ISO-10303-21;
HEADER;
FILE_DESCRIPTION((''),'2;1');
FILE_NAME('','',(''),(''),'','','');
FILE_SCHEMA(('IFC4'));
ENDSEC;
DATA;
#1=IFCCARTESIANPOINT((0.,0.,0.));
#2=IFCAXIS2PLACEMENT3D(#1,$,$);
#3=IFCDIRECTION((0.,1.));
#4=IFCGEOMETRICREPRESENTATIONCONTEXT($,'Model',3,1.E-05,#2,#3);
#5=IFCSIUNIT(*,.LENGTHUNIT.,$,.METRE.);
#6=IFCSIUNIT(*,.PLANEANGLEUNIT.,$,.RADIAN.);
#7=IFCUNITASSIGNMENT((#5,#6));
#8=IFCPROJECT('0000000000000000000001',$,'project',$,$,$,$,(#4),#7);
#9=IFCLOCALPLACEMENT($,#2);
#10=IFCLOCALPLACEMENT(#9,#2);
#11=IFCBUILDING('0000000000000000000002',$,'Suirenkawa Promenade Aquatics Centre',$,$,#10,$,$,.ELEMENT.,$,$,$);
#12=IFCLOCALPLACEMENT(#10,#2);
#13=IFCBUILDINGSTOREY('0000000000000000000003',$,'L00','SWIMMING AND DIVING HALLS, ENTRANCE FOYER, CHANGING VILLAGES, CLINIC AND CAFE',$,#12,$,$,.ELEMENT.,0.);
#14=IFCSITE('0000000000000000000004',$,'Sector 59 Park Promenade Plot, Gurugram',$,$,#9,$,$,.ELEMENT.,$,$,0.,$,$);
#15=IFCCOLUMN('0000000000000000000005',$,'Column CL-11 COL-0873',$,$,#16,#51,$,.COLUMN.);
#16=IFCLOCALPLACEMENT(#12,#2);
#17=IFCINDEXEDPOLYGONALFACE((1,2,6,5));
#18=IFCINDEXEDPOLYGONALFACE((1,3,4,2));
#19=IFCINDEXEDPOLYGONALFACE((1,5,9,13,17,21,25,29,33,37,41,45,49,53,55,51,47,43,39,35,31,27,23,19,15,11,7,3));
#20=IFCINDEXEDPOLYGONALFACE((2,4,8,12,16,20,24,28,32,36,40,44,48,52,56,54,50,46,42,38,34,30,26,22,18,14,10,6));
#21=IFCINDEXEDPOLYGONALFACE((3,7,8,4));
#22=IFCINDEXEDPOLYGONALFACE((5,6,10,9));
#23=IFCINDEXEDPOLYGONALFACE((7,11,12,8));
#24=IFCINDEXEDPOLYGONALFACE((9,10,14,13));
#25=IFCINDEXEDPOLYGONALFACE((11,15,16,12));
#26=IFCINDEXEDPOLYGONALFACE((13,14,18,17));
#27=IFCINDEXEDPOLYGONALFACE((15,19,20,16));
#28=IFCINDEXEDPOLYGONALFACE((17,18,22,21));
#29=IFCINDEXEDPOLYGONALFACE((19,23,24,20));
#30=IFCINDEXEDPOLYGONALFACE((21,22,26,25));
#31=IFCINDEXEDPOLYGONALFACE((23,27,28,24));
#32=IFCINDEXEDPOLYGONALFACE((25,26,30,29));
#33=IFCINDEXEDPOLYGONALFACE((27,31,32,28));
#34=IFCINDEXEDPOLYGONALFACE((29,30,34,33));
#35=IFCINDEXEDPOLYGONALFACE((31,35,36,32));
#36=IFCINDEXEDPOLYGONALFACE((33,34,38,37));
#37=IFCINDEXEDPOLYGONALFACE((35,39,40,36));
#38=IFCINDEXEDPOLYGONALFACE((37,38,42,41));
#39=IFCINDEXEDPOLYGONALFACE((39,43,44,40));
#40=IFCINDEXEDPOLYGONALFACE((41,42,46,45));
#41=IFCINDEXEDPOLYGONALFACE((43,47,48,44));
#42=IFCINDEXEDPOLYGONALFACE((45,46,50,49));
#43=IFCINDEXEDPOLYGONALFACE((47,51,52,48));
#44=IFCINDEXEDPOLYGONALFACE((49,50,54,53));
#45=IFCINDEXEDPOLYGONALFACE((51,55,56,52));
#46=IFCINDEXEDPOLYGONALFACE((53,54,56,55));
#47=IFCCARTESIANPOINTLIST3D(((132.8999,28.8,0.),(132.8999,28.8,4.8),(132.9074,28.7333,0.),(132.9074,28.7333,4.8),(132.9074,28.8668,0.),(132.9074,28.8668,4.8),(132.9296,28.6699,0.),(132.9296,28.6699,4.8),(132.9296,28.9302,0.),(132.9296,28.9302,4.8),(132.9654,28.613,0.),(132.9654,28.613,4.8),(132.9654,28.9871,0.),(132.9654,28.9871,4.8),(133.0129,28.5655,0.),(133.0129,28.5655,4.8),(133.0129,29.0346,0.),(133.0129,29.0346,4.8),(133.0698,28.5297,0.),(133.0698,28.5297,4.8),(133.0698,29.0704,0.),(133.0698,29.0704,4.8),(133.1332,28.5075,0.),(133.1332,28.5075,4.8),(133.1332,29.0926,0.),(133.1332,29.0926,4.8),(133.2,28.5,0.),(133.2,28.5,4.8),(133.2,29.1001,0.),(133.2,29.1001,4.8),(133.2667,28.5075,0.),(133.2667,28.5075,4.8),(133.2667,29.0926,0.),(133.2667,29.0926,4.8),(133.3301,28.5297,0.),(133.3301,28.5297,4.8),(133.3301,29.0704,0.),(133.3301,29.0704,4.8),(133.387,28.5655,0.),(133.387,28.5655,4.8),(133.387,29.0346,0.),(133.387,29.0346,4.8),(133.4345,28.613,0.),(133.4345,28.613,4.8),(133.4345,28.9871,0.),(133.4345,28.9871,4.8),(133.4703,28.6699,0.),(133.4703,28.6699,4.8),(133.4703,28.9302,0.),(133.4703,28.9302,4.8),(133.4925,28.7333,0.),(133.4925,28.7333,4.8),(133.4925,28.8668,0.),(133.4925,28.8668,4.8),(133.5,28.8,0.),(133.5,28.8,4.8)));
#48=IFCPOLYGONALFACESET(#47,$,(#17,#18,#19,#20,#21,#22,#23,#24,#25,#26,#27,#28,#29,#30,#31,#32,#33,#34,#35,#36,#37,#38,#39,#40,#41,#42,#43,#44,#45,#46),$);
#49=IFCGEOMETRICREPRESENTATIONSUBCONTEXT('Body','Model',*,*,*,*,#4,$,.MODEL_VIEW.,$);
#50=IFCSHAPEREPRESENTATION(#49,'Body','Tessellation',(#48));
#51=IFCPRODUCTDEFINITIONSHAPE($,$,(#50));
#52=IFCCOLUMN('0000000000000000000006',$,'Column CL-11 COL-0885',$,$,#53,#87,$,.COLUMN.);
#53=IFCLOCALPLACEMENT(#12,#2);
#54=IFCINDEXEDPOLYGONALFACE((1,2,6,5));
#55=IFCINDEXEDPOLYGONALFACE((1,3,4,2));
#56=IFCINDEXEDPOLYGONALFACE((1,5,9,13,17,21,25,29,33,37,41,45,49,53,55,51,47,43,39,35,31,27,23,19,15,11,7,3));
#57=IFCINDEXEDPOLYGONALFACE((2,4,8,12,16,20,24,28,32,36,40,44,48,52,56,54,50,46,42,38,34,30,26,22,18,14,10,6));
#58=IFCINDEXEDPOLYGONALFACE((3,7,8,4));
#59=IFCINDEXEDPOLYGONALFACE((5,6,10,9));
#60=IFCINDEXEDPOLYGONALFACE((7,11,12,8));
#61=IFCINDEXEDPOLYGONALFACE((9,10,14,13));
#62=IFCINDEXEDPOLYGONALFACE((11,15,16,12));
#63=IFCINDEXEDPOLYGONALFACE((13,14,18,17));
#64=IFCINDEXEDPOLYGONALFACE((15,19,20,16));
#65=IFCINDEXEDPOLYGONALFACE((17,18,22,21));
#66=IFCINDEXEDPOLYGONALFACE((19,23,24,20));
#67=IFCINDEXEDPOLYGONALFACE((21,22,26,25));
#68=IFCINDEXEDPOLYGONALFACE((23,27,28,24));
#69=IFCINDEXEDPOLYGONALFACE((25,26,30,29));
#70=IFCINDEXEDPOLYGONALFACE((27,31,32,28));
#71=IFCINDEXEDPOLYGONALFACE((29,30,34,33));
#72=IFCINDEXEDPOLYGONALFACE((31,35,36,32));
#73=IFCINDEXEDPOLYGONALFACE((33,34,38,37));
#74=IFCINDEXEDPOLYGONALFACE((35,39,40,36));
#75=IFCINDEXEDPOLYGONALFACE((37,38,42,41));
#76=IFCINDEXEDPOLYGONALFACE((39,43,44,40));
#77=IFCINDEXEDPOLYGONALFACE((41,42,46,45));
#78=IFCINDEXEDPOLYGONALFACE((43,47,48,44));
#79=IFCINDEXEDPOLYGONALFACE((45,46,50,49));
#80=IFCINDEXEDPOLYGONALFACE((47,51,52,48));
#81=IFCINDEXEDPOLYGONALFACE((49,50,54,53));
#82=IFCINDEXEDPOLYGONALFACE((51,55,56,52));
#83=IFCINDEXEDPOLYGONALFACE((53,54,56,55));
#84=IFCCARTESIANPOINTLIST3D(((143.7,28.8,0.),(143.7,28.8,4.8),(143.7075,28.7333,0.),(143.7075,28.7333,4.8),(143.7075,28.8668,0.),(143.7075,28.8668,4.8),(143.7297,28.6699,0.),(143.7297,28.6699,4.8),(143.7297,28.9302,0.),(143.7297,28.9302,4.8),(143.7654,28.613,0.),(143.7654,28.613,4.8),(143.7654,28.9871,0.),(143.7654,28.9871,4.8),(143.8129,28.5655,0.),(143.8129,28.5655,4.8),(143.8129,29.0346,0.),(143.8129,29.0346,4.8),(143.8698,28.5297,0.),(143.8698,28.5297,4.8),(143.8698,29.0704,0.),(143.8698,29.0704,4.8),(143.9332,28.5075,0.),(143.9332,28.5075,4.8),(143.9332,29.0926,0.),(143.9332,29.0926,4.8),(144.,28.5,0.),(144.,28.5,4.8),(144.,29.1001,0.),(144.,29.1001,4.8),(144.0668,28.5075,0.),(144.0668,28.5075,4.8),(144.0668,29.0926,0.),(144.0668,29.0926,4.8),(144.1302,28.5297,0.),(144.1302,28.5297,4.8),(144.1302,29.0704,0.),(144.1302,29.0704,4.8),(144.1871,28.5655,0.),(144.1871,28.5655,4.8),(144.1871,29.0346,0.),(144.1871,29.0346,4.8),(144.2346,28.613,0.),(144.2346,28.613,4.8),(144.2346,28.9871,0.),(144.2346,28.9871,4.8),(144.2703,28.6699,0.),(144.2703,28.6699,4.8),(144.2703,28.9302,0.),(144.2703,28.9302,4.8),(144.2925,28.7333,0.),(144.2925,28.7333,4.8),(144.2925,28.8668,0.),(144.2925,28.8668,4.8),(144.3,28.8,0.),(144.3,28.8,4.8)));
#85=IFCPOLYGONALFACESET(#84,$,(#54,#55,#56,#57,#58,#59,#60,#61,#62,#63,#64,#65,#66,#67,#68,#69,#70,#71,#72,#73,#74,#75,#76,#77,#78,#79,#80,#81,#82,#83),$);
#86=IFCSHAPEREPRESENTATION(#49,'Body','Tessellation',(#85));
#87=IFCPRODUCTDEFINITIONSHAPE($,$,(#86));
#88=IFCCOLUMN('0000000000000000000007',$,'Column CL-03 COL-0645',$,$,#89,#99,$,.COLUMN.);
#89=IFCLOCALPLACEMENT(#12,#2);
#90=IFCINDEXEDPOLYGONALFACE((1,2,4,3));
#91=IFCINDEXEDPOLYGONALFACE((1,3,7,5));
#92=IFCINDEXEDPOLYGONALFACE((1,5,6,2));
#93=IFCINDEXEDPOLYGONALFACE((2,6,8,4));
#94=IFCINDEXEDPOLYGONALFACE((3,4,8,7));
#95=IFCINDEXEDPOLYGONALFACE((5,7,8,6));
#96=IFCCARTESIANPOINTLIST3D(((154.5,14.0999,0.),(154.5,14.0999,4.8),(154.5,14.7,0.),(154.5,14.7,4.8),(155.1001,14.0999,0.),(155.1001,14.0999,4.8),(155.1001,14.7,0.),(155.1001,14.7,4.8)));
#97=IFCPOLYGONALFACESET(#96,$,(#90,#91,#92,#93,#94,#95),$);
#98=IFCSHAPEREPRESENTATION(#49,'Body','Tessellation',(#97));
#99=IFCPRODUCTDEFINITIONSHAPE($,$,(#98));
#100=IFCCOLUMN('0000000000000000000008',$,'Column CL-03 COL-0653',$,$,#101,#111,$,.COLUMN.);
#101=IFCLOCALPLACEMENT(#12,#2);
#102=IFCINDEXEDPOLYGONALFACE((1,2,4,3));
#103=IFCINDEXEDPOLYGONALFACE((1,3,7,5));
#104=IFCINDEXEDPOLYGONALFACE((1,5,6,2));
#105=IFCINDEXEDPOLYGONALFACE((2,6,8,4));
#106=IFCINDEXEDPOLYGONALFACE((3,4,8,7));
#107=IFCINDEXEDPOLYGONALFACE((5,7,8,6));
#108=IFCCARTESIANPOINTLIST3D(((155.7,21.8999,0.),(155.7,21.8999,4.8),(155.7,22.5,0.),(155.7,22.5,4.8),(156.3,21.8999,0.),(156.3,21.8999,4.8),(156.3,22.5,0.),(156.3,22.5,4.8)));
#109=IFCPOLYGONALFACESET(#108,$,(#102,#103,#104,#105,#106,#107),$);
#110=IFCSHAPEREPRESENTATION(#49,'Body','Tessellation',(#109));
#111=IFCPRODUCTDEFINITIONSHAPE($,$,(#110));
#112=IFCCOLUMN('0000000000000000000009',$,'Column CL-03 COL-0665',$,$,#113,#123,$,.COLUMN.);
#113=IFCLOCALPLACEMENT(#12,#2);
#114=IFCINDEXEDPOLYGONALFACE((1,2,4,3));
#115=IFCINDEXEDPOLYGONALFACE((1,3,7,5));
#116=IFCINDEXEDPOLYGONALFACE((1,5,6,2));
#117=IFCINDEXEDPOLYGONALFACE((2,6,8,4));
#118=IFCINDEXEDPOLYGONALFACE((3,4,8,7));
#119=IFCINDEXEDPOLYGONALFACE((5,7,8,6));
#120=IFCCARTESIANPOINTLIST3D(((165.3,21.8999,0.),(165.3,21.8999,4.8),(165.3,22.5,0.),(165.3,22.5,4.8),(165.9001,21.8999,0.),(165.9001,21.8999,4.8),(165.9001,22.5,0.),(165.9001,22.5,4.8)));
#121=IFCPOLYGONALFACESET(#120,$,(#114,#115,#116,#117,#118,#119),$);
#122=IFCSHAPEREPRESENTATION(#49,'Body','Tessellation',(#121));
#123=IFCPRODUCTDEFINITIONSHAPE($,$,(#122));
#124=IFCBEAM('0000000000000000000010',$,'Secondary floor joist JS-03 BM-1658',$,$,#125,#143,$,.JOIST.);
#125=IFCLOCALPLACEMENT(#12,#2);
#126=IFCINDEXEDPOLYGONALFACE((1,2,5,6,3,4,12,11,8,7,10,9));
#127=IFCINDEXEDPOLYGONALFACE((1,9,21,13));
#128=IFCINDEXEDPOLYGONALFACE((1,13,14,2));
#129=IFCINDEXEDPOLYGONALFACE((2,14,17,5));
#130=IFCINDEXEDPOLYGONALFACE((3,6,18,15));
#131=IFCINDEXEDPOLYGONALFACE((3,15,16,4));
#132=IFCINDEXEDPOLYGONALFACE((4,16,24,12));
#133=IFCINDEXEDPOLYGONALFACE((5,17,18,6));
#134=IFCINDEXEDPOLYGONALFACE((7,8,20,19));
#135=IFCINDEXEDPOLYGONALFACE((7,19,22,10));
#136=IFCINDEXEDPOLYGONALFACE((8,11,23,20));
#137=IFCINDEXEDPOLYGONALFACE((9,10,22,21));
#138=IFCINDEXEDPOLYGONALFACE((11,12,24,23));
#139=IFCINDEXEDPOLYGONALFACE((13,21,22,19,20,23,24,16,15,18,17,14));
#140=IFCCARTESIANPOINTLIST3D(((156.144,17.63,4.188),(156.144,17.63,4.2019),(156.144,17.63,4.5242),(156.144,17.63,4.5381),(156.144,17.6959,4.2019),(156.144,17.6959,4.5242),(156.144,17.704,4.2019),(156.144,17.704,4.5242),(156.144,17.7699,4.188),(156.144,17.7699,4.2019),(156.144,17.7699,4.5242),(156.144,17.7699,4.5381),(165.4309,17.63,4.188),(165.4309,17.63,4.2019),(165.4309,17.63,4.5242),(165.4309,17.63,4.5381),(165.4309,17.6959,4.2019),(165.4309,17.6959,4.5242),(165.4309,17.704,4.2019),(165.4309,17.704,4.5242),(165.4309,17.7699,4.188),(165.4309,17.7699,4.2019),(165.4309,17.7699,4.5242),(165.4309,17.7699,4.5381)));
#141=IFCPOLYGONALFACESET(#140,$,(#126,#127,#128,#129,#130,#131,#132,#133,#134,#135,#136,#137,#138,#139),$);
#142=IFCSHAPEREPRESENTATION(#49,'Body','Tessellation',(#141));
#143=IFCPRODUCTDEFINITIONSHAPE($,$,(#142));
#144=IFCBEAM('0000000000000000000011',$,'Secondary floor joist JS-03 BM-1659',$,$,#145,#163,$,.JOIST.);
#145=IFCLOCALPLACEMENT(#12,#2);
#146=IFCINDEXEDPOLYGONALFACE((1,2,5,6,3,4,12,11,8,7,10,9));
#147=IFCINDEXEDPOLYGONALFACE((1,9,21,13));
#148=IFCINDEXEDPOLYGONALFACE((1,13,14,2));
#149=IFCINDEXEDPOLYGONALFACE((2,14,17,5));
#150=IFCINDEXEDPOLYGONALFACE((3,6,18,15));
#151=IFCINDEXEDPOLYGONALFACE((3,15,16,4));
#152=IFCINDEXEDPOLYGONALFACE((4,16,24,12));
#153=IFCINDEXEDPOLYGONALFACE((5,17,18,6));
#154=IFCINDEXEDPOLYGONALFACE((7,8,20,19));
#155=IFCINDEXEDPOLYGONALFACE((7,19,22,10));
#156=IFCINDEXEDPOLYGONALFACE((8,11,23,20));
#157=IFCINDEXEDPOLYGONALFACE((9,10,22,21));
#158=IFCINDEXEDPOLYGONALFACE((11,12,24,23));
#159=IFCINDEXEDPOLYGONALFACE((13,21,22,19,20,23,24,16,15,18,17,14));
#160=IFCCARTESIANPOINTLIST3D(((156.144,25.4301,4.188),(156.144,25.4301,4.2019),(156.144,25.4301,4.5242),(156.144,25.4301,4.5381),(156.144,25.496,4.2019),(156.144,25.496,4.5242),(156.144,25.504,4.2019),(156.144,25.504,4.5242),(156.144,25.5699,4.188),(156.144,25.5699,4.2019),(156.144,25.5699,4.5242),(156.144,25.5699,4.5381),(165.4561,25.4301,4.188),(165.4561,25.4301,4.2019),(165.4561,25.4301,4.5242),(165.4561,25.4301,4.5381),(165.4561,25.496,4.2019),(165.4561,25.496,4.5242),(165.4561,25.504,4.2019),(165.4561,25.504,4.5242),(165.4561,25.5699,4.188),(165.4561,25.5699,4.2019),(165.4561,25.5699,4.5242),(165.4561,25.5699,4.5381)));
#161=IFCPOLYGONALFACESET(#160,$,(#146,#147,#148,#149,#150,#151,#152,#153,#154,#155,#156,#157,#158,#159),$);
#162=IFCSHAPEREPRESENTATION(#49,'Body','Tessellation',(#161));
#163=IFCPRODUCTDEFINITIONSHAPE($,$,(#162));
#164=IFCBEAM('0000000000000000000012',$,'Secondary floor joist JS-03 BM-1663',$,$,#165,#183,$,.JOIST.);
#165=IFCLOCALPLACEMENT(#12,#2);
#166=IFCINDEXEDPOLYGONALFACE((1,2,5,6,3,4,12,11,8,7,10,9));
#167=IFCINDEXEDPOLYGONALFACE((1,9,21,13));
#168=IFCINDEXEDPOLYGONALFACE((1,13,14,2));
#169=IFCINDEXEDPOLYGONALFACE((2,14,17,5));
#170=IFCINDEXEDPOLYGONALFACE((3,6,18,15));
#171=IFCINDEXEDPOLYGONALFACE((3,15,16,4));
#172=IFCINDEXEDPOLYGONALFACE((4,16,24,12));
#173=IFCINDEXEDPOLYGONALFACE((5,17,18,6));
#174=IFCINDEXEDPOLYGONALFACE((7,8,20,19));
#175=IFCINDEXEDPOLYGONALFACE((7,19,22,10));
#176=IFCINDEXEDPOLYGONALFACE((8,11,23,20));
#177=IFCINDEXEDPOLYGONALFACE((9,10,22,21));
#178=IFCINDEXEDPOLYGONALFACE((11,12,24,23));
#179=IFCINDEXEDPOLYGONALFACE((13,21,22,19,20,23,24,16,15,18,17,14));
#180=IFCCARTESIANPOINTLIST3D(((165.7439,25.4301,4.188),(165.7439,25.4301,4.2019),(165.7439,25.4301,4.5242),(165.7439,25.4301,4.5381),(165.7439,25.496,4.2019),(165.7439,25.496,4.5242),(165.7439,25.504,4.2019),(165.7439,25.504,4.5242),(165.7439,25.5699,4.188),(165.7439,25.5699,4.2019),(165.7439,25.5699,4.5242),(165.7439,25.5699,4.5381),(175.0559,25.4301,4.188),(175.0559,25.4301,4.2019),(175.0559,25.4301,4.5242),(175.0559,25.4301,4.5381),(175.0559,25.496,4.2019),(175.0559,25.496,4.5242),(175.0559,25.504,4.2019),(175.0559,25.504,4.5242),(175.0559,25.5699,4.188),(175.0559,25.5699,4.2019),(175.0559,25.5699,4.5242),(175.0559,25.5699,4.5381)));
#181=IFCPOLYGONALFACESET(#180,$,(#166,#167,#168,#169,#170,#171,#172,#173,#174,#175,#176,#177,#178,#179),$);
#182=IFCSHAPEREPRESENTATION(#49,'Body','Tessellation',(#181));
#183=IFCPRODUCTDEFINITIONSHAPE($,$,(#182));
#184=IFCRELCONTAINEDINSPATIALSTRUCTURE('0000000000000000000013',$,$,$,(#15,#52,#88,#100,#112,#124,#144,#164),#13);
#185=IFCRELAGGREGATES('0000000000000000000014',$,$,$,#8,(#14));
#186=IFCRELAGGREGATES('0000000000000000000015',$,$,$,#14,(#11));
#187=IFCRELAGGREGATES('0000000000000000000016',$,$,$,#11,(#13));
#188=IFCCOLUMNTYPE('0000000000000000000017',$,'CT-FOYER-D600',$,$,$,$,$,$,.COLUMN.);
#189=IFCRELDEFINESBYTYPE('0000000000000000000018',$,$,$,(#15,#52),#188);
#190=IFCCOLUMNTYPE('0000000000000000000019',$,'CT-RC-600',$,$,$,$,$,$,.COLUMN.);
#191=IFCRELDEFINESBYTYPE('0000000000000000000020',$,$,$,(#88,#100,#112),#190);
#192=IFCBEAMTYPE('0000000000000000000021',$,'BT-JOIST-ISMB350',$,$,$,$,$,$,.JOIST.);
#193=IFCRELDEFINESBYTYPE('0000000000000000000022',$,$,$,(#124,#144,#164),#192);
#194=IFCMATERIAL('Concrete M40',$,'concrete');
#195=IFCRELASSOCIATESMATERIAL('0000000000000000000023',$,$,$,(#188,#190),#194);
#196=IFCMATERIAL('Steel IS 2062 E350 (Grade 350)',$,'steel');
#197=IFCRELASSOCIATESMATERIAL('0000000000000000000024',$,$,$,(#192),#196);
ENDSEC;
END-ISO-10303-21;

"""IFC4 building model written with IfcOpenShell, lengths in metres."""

from ifc_helpers import new_model, si_unit, direction, frame, origin, origin_2d, place, context, subcontext, project, spatial, rectangle, circle, i_section, extrude, material, material_profile, profile_set, type_object, element, save


model = new_model("IFC4")

# Units and contexts
model_context = context("Model", 3, precision=1e-05, world=origin(), true_north=direction((0.0, 1.0)))
body_context = subcontext(model_context, "Body", "Model", "MODEL_VIEW")
ifc_project = project(units=[si_unit("LENGTHUNIT", "METRE"), si_unit("PLANEANGLEUNIT", "RADIAN")], contexts=[model_context])

# Site, building, storey
site_placement = place(None, origin())
site = spatial("IfcSite", under=ifc_project, at=site_placement, Name="Sector 59 Park Promenade Plot, Gurugram", CompositionType="ELEMENT", RefElevation=0.0)
building_placement = place(site_placement, origin())
building = spatial("IfcBuilding", under=site, at=building_placement, Name="Suirenkawa Promenade Aquatics Centre", CompositionType="ELEMENT")
storey_placement = place(building_placement, origin())
storey = spatial("IfcBuildingStorey", under=building, at=storey_placement, Name="L00", Description="SWIMMING AND DIVING HALLS, ENTRANCE FOYER, CHANGING VILLAGES, CLINIC AND CAFE", CompositionType="ELEMENT", Elevation=0.0)

# Columns
ifc_material_1 = material(Name="Concrete M40", Category="concrete")
ifc_material_profile_1 = material_profile(ifc_material_1, circle(Radius=0.3, at=origin_2d()), Name="RC FOYER D600", Category="concrete")
ifc_profile_set_1 = profile_set([ifc_material_profile_1], Name="Concrete M40")
column_type_1 = type_object("IfcColumnType", Name="CT-FOYER-D600", PredefinedType="COLUMN", material=ifc_profile_set_1)
for number, where, z_axis, x_axis, name in (
    (1, (133.2, 28.8, 0.0), (0.0, 0.0, 1.0), (1.0, 0.0, 0.0), "Column CL-11 COL-0873"),
    (2, (144.0, 28.8, 0.0), (0.0, 0.0, 1.0), (1.0, 0.0, 0.0), "Column CL-11 COL-0885"),
):
    element("IfcColumn", number, at=place(storey_placement, frame(where, z_axis=z_axis, x_axis=x_axis)), inside=storey, type_object=column_type_1, Name=name, PredefinedType="COLUMN", context=body_context, shape_type="SweptSolid", body=[
        extrude(circle(Radius=0.3, at=origin_2d()), origin(), (0.0, 0.0, 1.0), 4.8),
    ])
ifc_material_profile_2 = material_profile(ifc_material_1, rectangle(XDim=0.6001, YDim=0.6001, at=origin_2d()), Name="RC COL 600x600", Category="concrete")
ifc_profile_set_2 = profile_set([ifc_material_profile_2], Name="Concrete M40")
column_type_2 = type_object("IfcColumnType", Name="CT-RC-600", PredefinedType="COLUMN", material=ifc_profile_set_2)
for number, where, z_axis, x_axis, name in (
    (3, (154.8, 14.3999, 0.0), (0.0, 0.0, 1.0), (1.0, 0.0, 0.0), "Column CL-03 COL-0645"),
    (4, (156.0, 22.2, 0.0), (0.0, 0.0, 1.0), (1.0, 0.0, 0.0), "Column CL-03 COL-0653"),
    (5, (165.6001, 22.2, 0.0), (0.0, 0.0, 1.0), (1.0, 0.0, 0.0), "Column CL-03 COL-0665"),
):
    element("IfcColumn", number, at=place(storey_placement, frame(where, z_axis=z_axis, x_axis=x_axis)), inside=storey, type_object=column_type_2, Name=name, PredefinedType="COLUMN", context=body_context, shape_type="SweptSolid", body=[
        extrude(rectangle(XDim=0.6001, YDim=0.6001, at=origin_2d()), origin(), (0.0, 0.0, 1.0), 4.8),
    ])

# Beams
ifc_material_2 = material(Name="Steel IS 2062 E350 (Grade 350)", Category="steel")
ifc_material_profile_3 = material_profile(ifc_material_2, i_section(OverallWidth=0.1399, OverallDepth=0.3501, WebThickness=0.0081, FlangeThickness=0.0139, at=origin_2d()), Name="ISMB 350", Category="steel")
ifc_profile_set_3 = profile_set([ifc_material_profile_3], Name="Steel IS 2062 E350 (Grade 350)")
beam_type_1 = type_object("IfcBeamType", Name="BT-JOIST-ISMB350", PredefinedType="JOIST", material=ifc_profile_set_3)
beam_1_placement = place(storey_placement, frame((156.144, 17.7, 4.363), z_axis=(1.0, 0.0, 0.0), x_axis=(0.0, 1.0, 0.0)))
element("IfcBeam", 6, at=beam_1_placement, inside=storey, type_object=beam_type_1, Name="Secondary floor joist JS-03 BM-1658", PredefinedType="JOIST", context=body_context, shape_type="SweptSolid", body=[
    extrude(i_section(OverallWidth=0.1399, OverallDepth=0.3501, WebThickness=0.0081, FlangeThickness=0.0139, at=origin_2d()), origin(), (0.0, 0.0, 1.0), 9.2869),
])
for number, where, z_axis, x_axis, name in (
    (7, (156.144, 25.5, 4.363), (1.0, 0.0, 0.0), (0.0, 1.0, 0.0), "Secondary floor joist JS-03 BM-1659"),
    (8, (165.7439, 25.5, 4.363), (1.0, 0.0, 0.0), (0.0, 1.0, 0.0), "Secondary floor joist JS-03 BM-1663"),
):
    element("IfcBeam", number, at=place(storey_placement, frame(where, z_axis=z_axis, x_axis=x_axis)), inside=storey, type_object=beam_type_1, Name=name, PredefinedType="JOIST", context=body_context, shape_type="SweptSolid", body=[
        extrude(i_section(OverallWidth=0.1399, OverallDepth=0.3501, WebThickness=0.0081, FlangeThickness=0.0139, at=origin_2d()), origin(), (0.0, 0.0, 1.0), 9.312),
    ])

save(model, "model.ifc")
